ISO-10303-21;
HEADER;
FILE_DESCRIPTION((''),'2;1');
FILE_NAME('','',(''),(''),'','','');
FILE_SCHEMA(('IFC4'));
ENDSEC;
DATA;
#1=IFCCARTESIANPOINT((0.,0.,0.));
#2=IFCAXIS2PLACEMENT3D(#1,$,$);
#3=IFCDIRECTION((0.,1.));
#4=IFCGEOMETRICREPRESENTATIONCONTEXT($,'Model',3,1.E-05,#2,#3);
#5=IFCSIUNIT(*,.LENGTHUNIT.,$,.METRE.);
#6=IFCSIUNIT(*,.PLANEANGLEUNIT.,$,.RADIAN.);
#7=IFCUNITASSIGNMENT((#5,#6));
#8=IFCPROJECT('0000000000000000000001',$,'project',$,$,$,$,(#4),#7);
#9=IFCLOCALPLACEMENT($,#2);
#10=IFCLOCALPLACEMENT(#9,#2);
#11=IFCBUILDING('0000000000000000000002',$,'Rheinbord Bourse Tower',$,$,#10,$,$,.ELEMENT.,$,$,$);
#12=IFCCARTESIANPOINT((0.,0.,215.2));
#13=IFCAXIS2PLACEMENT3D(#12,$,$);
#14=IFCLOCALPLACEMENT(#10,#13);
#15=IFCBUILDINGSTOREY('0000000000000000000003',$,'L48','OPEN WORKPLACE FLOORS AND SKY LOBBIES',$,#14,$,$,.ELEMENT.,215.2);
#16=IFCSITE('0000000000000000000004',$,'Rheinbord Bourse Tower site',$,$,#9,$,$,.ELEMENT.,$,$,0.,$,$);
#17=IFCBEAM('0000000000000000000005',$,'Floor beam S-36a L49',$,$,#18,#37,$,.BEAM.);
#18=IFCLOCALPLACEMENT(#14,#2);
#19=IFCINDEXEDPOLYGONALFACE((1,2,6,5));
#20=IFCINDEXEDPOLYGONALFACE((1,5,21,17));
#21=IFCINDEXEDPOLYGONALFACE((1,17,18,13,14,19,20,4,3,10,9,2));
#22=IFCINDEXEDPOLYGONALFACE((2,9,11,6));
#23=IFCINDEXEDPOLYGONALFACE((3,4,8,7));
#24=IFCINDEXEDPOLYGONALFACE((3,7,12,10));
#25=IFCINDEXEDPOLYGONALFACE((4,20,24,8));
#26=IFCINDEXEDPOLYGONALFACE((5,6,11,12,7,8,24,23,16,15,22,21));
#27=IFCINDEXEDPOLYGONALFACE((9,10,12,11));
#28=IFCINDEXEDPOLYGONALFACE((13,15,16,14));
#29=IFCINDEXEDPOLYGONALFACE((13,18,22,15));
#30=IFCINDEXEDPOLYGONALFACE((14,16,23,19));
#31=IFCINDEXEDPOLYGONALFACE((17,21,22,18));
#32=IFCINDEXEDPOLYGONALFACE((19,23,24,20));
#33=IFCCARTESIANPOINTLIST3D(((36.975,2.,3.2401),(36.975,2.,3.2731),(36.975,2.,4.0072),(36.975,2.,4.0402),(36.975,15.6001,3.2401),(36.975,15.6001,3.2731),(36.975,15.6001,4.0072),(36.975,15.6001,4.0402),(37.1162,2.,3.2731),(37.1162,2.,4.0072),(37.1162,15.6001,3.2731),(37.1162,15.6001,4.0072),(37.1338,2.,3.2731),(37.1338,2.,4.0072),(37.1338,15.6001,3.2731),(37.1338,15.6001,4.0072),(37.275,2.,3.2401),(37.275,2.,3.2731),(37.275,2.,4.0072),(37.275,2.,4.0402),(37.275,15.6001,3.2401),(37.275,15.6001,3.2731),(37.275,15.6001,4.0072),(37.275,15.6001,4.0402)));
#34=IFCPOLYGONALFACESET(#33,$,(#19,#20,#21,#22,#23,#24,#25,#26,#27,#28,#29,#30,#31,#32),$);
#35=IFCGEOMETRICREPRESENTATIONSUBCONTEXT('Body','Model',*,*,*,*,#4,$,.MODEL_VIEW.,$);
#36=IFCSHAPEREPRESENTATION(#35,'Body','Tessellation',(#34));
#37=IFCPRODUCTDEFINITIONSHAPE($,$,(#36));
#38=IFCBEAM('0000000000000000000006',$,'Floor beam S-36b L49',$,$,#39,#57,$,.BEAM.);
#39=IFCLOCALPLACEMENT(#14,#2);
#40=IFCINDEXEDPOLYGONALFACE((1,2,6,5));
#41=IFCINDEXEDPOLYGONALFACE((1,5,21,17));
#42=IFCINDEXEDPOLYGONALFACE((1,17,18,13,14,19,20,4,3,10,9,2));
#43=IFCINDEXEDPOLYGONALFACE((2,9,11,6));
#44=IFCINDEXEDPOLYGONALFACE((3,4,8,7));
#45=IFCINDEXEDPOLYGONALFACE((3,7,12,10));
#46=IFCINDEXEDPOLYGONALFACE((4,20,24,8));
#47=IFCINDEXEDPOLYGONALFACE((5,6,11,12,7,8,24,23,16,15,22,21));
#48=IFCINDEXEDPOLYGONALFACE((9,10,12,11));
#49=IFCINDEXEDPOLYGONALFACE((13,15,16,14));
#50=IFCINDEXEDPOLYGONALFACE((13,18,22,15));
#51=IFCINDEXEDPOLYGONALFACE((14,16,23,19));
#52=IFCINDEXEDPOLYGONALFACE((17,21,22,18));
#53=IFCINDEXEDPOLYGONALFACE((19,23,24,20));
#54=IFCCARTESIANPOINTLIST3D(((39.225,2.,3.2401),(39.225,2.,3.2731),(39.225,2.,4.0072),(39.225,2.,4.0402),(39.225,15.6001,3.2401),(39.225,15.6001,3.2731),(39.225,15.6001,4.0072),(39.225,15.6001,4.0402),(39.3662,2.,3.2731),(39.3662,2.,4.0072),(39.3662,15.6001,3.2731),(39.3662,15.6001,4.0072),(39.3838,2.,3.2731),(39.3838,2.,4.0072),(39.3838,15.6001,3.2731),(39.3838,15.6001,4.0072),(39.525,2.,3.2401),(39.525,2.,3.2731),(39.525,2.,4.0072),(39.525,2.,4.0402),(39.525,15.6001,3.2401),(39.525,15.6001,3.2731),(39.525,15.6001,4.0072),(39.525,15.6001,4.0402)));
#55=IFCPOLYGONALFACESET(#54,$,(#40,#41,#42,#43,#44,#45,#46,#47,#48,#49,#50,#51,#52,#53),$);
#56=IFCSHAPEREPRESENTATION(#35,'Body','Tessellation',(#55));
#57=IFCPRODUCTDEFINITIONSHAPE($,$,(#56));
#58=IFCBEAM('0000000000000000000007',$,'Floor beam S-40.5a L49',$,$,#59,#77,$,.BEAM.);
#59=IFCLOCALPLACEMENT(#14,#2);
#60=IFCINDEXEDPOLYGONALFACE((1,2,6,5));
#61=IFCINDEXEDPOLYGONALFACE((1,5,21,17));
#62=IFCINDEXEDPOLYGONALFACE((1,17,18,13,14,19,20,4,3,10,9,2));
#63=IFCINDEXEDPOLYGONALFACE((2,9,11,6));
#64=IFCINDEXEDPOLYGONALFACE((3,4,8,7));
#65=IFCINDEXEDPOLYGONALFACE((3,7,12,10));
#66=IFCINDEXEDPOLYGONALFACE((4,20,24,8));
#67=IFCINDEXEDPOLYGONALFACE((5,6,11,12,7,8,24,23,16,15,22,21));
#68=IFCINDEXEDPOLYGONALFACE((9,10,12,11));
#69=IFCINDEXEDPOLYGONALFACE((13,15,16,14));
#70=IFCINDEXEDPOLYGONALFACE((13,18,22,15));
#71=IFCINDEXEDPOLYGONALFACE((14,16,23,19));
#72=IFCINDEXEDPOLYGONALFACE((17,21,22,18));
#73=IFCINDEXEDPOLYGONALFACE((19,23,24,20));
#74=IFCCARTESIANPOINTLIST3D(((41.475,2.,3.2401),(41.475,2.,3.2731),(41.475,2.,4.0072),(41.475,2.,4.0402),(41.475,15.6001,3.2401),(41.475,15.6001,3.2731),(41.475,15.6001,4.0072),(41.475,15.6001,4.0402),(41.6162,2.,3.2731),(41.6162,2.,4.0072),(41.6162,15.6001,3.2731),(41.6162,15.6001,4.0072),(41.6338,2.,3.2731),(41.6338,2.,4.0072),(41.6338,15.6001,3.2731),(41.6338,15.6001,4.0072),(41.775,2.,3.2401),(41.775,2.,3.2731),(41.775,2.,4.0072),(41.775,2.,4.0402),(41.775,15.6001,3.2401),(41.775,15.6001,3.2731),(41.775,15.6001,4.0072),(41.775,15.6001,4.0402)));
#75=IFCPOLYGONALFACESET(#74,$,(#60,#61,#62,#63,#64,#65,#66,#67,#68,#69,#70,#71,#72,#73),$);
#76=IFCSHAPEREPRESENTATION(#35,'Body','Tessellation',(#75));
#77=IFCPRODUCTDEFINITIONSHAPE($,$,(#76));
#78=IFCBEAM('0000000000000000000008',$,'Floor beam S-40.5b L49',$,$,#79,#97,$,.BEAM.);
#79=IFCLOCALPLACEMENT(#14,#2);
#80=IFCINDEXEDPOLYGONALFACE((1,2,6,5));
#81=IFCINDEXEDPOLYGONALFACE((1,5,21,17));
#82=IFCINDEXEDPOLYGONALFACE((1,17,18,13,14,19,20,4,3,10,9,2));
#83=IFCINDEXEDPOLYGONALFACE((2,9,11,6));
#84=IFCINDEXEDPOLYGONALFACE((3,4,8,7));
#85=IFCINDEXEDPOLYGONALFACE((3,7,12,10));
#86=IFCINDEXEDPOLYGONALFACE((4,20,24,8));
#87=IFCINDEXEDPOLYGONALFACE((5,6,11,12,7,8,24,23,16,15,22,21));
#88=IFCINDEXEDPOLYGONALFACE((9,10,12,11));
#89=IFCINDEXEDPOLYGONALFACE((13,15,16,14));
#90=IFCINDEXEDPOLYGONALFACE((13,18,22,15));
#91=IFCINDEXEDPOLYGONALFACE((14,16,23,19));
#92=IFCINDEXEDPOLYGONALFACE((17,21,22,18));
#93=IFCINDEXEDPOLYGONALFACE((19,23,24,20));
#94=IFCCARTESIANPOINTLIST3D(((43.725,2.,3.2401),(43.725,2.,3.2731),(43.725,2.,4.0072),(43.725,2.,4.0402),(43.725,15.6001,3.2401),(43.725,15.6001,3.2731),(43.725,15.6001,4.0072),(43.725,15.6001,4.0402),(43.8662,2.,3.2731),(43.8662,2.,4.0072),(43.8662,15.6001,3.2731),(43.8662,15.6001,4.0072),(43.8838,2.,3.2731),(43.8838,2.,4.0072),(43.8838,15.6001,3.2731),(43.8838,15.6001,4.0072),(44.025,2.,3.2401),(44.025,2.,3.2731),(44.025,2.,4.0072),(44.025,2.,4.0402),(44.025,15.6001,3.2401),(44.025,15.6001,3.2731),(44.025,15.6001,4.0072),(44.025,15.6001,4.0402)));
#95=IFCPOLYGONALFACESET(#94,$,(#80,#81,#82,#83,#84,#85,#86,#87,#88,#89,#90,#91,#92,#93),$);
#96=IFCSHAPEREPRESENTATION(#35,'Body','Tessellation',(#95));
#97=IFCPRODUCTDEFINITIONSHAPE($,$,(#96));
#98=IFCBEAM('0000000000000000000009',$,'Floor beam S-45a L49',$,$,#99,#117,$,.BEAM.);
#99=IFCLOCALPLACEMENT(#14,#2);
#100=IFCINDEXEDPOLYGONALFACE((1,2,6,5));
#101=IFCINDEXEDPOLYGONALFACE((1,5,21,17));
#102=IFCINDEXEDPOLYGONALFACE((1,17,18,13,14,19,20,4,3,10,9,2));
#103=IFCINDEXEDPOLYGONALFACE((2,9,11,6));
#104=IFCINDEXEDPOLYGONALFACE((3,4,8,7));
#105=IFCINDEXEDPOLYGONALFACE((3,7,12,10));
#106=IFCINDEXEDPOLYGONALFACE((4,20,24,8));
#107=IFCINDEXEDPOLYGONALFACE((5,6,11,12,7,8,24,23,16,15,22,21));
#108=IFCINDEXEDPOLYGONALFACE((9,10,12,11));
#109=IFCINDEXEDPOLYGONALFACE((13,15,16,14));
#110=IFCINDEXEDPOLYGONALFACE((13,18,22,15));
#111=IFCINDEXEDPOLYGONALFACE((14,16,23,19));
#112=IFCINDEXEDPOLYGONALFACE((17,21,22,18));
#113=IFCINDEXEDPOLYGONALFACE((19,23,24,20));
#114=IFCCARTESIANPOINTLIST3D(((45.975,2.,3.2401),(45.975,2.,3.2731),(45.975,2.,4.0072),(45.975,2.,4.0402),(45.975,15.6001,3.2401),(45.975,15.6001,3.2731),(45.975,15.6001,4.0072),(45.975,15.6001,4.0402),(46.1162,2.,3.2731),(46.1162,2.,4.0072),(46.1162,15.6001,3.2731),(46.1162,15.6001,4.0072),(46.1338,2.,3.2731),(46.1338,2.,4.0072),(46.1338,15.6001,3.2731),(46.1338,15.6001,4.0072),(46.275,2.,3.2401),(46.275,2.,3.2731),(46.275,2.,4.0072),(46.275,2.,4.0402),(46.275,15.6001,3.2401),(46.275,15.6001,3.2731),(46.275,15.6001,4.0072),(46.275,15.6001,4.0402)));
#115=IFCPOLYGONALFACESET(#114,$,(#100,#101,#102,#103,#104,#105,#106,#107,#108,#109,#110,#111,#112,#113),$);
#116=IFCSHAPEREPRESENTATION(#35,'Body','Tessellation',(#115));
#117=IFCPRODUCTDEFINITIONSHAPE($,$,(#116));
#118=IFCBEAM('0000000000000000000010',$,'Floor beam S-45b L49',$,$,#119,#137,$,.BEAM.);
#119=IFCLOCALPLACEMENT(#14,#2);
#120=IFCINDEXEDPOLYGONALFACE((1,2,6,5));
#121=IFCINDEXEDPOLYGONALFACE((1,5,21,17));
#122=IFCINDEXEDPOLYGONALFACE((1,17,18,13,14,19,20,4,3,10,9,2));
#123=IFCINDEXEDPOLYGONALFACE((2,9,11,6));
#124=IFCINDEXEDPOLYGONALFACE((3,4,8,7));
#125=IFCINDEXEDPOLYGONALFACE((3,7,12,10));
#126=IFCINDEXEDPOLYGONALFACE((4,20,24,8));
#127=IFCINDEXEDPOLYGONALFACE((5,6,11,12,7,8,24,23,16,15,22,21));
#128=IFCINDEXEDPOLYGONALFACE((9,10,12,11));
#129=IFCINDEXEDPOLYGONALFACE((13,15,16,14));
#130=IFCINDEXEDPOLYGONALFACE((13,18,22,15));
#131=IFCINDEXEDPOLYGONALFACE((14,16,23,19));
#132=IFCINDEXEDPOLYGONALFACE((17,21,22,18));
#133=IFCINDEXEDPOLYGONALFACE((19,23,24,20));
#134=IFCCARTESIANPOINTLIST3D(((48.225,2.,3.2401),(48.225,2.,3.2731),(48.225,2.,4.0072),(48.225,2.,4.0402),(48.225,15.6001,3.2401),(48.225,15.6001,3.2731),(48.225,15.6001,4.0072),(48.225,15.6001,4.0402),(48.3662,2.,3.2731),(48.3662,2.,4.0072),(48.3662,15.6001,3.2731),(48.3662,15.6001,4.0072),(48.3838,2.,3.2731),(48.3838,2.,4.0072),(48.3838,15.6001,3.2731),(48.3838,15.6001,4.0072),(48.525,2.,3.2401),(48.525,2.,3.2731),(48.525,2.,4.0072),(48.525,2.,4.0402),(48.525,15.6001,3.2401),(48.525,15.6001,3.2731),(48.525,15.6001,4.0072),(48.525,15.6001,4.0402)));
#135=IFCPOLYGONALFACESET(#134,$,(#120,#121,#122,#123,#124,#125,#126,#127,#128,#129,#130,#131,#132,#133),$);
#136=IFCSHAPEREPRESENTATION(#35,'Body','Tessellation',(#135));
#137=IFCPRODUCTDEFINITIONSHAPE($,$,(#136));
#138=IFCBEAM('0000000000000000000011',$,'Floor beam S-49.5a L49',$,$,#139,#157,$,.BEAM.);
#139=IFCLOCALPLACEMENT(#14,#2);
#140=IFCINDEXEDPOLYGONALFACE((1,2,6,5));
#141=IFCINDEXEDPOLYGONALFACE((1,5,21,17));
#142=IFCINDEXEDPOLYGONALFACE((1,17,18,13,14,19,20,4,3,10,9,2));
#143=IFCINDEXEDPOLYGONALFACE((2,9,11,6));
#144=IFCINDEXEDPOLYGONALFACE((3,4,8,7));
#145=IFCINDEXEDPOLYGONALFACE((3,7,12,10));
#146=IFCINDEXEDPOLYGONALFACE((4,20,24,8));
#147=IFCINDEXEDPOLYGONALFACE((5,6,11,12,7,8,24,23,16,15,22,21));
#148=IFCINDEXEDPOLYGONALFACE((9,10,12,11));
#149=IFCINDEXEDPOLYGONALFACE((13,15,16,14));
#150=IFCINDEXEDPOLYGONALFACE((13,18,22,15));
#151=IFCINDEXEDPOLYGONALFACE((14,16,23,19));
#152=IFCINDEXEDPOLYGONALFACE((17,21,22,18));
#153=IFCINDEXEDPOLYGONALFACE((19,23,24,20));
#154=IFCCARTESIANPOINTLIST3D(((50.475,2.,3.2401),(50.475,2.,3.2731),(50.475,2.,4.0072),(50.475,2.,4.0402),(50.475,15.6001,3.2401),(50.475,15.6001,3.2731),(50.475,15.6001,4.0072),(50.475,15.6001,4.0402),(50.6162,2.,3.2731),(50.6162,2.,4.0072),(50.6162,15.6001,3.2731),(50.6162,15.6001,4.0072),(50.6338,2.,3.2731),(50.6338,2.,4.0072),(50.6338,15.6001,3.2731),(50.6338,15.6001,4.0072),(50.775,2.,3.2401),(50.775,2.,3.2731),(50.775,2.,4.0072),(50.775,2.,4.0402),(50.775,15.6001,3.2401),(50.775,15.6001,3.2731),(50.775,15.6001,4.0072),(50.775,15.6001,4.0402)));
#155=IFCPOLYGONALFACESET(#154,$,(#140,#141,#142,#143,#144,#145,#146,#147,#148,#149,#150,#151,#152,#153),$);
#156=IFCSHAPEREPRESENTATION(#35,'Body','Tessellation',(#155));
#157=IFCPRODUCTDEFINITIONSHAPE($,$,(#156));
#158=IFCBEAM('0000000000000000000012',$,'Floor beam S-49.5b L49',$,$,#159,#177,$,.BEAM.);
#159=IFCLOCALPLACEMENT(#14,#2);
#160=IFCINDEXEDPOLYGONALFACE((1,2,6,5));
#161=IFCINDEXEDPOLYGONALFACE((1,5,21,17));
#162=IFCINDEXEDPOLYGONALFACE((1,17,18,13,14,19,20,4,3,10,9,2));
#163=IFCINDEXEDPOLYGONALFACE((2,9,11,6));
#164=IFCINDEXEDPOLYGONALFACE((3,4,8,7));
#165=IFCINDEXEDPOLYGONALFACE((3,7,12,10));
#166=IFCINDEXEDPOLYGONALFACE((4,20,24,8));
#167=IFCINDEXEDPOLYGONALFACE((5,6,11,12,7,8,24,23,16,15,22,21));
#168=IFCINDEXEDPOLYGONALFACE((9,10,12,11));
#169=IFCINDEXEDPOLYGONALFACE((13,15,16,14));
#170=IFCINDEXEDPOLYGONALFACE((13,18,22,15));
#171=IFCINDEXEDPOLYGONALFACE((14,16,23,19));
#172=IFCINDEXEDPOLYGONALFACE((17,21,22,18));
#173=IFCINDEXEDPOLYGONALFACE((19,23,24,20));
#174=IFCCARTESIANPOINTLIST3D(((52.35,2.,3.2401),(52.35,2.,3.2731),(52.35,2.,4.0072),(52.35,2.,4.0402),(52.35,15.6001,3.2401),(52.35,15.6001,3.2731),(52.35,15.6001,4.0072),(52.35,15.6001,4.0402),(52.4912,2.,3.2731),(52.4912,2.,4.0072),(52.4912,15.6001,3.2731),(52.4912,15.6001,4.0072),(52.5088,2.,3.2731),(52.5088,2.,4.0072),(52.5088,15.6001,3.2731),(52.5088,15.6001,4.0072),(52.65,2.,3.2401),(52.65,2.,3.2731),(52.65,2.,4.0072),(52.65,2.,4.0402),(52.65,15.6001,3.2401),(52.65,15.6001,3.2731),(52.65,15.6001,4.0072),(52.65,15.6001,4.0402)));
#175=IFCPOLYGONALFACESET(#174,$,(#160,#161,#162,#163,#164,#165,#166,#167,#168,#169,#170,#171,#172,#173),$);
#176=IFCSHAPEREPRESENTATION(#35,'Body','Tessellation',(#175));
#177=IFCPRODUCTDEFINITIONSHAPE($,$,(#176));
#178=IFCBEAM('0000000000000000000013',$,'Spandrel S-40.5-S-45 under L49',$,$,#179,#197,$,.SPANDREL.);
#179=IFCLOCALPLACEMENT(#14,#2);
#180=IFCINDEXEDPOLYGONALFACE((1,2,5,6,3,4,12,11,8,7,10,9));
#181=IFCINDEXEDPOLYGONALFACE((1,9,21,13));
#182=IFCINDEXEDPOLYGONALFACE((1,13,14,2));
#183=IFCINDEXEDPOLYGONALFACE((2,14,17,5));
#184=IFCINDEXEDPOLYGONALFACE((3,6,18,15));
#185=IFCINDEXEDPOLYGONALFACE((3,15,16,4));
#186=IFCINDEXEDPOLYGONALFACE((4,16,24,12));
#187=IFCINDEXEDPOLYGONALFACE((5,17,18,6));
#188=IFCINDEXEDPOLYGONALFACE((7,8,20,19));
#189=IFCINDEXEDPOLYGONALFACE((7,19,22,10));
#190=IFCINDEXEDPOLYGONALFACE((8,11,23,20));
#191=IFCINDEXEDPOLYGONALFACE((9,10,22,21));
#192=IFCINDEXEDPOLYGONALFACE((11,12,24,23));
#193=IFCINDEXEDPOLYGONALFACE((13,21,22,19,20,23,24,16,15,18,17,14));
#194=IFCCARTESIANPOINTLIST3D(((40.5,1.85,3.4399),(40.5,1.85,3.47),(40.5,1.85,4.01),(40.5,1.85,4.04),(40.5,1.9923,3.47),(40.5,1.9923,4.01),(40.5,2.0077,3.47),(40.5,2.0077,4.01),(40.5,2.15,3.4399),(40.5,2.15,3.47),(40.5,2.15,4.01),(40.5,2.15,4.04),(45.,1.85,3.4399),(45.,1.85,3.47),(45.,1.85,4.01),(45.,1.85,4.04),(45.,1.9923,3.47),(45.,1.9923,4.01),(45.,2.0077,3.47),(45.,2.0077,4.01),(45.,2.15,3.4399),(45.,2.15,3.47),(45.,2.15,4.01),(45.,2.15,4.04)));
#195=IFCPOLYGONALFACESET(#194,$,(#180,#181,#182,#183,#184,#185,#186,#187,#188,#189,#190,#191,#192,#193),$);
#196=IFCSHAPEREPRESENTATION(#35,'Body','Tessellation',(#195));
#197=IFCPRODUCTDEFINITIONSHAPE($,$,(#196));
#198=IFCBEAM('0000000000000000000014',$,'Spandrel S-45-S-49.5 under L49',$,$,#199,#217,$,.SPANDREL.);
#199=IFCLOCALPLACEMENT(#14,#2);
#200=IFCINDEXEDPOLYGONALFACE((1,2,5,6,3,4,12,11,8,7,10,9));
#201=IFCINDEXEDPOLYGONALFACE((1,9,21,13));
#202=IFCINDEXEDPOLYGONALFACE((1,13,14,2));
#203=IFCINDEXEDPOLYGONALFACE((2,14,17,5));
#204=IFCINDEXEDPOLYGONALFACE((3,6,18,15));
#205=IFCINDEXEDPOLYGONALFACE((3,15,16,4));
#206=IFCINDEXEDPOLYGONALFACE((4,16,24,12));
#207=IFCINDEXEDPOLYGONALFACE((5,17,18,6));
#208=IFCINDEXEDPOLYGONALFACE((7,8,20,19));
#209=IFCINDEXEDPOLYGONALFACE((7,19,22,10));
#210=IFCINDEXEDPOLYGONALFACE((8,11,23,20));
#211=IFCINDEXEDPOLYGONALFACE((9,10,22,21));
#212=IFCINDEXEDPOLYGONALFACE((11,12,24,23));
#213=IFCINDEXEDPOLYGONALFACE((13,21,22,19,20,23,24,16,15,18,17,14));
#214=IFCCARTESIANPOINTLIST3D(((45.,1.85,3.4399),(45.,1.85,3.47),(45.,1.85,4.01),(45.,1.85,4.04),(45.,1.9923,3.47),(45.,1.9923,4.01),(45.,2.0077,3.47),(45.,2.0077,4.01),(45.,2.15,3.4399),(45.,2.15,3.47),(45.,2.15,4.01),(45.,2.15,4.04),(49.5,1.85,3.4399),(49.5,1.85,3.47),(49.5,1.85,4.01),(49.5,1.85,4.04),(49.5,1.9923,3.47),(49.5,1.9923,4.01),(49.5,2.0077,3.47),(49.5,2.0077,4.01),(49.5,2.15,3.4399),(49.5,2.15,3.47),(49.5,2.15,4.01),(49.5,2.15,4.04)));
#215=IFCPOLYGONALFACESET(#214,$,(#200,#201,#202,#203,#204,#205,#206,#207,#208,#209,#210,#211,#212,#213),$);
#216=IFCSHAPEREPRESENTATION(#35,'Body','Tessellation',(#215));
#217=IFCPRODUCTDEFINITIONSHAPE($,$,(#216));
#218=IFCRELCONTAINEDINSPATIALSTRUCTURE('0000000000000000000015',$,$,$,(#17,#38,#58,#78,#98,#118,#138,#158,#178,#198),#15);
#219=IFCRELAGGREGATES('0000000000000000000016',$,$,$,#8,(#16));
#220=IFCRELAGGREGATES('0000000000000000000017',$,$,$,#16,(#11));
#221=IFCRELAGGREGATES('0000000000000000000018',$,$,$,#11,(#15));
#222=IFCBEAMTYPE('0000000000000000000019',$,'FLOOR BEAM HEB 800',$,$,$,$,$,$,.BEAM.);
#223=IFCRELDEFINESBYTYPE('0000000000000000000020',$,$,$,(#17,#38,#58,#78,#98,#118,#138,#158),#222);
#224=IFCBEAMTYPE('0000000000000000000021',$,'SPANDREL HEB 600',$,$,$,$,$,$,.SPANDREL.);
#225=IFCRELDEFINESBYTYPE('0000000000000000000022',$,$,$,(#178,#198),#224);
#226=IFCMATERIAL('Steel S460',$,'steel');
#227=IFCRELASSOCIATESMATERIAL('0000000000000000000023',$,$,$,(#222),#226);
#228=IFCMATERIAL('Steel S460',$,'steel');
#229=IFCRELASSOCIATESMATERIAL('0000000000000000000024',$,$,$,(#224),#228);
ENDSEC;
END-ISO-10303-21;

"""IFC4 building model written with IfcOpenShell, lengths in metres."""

from ifc_helpers import new_model, si_unit, direction, frame, origin, origin_2d, place, context, subcontext, project, spatial, i_section, extrude, material, material_profile, profile_set, type_object, element, save


model = new_model("IFC4")

# Units and contexts
model_context = context("Model", 3, precision=1e-05, world=origin(), true_north=direction((0.0, 1.0)))
body_context = subcontext(model_context, "Body", "Model", "MODEL_VIEW")
ifc_project = project(units=[si_unit("LENGTHUNIT", "METRE"), si_unit("PLANEANGLEUNIT", "RADIAN")], contexts=[model_context])

# Site, building, storey
site_placement = place(None, origin())
site = spatial("IfcSite", under=ifc_project, at=site_placement, Name="Rheinbord Bourse Tower site", CompositionType="ELEMENT", RefElevation=0.0)
building_placement = place(site_placement, origin())
building = spatial("IfcBuilding", under=site, at=building_placement, Name="Rheinbord Bourse Tower", CompositionType="ELEMENT")
storey_placement = place(building_placement, frame((0.0, 0.0, 215.2)))
storey = spatial("IfcBuildingStorey", under=building, at=storey_placement, Name="L48", Description="OPEN WORKPLACE FLOORS AND SKY LOBBIES", CompositionType="ELEMENT", Elevation=215.2)

# Beams
ifc_material_1 = material(Name="Steel S460", Category="steel")
ifc_material_profile_1 = material_profile(ifc_material_1, i_section(OverallWidth=0.3, OverallDepth=0.8, WebThickness=0.0176, FlangeThickness=0.033, at=origin_2d()), Name="HEB 800")
ifc_profile_set_1 = profile_set([ifc_material_profile_1], Name="Steel S460")
beam_type_1 = type_object("IfcBeamType", Name="FLOOR BEAM HEB 800", PredefinedType="BEAM", material=ifc_profile_set_1)
for number, where, z_axis, x_axis, name in (
    (1, (37.125, 2.0, 3.6401), (0.0, 1.0, 0.0), (-1.0, 0.0, 0.0), "Floor beam S-36a L49"),
    (2, (39.375, 2.0, 3.6401), (0.0, 1.0, 0.0), (-1.0, 0.0, 0.0), "Floor beam S-36b L49"),
    (3, (41.625, 2.0, 3.6401), (0.0, 1.0, 0.0), (-1.0, 0.0, 0.0), "Floor beam S-40.5a L49"),
    (4, (43.875, 2.0, 3.6401), (0.0, 1.0, 0.0), (-1.0, 0.0, 0.0), "Floor beam S-40.5b L49"),
    (5, (46.125, 2.0, 3.6401), (0.0, 1.0, 0.0), (-1.0, 0.0, 0.0), "Floor beam S-45a L49"),
    (6, (48.375, 2.0, 3.6401), (0.0, 1.0, 0.0), (-1.0, 0.0, 0.0), "Floor beam S-45b L49"),
    (7, (50.625, 2.0, 3.6401), (0.0, 1.0, 0.0), (-1.0, 0.0, 0.0), "Floor beam S-49.5a L49"),
    (8, (52.5, 2.0, 3.6401), (0.0, 1.0, 0.0), (-1.0, 0.0, 0.0), "Floor beam S-49.5b L49"),
):
    element("IfcBeam", number, at=place(storey_placement, frame(where, z_axis=z_axis, x_axis=x_axis)), inside=storey, type_object=beam_type_1, Name=name, PredefinedType="BEAM", context=body_context, shape_type="SweptSolid", body=[
        extrude(i_section(OverallWidth=0.3, OverallDepth=0.8, WebThickness=0.0176, FlangeThickness=0.033, at=origin_2d()), origin(), (0.0, 0.0, 1.0), 13.6001),
    ])
ifc_material_2 = material(Name="Steel S460", Category="steel")
ifc_material_profile_2 = material_profile(ifc_material_2, i_section(OverallWidth=0.3, OverallDepth=0.6001, WebThickness=0.0154, FlangeThickness=0.03, at=origin_2d()), Name="HEB 600")
ifc_profile_set_2 = profile_set([ifc_material_profile_2], Name="Steel S460")
beam_type_2 = type_object("IfcBeamType", Name="SPANDREL HEB 600", PredefinedType="SPANDREL", material=ifc_profile_set_2)
for number, where, z_axis, x_axis, name in (
    (9, (40.5, 2.0, 3.74), (1.0, 0.0, 0.0), (0.0, 1.0, 0.0), "Spandrel S-40.5-S-45 under L49"),
    (10, (45.0, 2.0, 3.74), (1.0, 0.0, 0.0), (0.0, 1.0, 0.0), "Spandrel S-45-S-49.5 under L49"),
):
    element("IfcBeam", number, at=place(storey_placement, frame(where, z_axis=z_axis, x_axis=x_axis)), inside=storey, type_object=beam_type_2, Name=name, PredefinedType="SPANDREL", context=body_context, shape_type="SweptSolid", body=[
        extrude(i_section(OverallWidth=0.3, OverallDepth=0.6001, WebThickness=0.0154, FlangeThickness=0.03, at=origin_2d()), origin(), (0.0, 0.0, 1.0), 4.5),
    ])

save(model, "model.ifc")
